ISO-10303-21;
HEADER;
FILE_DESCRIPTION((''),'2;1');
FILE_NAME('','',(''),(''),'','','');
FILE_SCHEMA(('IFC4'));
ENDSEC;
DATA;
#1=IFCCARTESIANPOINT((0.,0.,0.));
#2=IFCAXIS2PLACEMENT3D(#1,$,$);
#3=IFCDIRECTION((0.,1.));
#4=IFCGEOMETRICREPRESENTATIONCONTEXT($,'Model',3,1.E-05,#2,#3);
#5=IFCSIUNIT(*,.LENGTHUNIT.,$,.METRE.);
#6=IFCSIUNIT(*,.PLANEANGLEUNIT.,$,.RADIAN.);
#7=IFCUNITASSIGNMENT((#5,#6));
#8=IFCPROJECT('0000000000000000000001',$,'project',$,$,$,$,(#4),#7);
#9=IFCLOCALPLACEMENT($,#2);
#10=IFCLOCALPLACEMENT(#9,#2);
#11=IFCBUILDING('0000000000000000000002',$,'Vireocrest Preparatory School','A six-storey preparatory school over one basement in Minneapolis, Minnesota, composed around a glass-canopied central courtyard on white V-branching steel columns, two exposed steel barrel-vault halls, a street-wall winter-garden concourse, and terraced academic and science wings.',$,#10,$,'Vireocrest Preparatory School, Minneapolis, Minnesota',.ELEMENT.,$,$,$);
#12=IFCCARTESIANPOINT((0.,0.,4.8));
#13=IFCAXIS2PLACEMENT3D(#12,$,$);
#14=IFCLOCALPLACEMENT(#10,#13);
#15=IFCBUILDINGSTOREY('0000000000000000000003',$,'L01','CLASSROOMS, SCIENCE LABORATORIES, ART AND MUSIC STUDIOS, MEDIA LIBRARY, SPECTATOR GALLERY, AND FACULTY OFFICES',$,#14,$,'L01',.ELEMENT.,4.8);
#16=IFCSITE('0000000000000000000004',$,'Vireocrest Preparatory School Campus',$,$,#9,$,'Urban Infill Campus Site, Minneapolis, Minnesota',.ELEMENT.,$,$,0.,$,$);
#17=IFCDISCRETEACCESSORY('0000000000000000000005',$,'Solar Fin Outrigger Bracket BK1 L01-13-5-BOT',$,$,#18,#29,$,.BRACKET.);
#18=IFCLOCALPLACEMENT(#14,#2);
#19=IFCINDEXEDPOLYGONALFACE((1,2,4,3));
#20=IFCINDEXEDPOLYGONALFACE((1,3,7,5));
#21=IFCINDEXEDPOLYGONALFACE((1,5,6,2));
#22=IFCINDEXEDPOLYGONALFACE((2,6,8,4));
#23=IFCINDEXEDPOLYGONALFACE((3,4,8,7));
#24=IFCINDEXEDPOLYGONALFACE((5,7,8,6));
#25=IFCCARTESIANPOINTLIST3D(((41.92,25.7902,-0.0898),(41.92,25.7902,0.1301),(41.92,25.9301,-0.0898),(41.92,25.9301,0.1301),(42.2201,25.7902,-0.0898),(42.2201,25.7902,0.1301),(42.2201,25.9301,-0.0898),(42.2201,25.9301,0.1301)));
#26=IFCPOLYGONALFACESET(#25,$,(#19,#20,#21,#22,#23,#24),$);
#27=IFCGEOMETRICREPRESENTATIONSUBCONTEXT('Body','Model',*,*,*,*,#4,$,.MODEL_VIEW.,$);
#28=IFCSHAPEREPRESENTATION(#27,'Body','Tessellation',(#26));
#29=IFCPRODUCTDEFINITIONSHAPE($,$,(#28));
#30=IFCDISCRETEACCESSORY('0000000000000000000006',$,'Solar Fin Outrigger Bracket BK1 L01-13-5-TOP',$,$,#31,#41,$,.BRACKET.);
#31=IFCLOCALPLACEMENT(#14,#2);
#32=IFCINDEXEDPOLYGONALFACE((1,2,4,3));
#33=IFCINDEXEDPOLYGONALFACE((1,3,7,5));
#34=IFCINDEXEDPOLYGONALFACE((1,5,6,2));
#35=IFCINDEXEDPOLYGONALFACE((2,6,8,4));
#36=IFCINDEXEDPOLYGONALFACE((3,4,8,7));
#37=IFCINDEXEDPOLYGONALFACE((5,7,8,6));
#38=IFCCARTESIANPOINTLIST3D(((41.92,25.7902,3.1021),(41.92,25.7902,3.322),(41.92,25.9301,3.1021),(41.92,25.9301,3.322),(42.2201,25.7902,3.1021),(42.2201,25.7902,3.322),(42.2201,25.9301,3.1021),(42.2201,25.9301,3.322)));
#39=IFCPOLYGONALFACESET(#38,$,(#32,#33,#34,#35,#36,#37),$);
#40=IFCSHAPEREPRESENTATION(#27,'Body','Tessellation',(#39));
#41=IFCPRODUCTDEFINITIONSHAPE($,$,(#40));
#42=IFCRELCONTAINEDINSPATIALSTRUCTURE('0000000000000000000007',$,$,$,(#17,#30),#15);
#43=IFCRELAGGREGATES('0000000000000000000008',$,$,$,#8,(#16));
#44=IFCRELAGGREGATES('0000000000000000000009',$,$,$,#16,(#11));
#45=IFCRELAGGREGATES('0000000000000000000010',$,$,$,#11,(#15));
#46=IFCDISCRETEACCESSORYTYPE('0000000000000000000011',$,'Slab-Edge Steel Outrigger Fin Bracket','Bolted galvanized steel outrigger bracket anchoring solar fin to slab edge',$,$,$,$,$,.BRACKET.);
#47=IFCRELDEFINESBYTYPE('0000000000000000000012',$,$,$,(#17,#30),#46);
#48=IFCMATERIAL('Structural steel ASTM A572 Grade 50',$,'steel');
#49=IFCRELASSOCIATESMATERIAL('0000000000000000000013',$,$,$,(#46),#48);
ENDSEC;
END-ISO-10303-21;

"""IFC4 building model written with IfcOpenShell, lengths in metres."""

from ifc_helpers import new_model, si_unit, direction, frame, origin, origin_2d, place, context, subcontext, project, spatial, rectangle, extrude, material, type_object, element, save


model = new_model("IFC4")

# Units and contexts
model_context = context("Model", 3, precision=1e-05, world=origin(), true_north=direction((0.0, 1.0)))
body_context = subcontext(model_context, "Body", "Model", "MODEL_VIEW")
ifc_project = project(units=[si_unit("LENGTHUNIT", "METRE"), si_unit("PLANEANGLEUNIT", "RADIAN")], contexts=[model_context])

# Site, building, storey
site_placement = place(None, origin())
site = spatial("IfcSite", under=ifc_project, at=site_placement, Name="Vireocrest Preparatory School Campus", LongName="Urban Infill Campus Site, Minneapolis, Minnesota", CompositionType="ELEMENT", RefElevation=0.0)
building_placement = place(site_placement, origin())
building = spatial("IfcBuilding", under=site, at=building_placement, Name="Vireocrest Preparatory School", Description="A six-storey preparatory school over one basement in Minneapolis, Minnesota, composed around a glass-canopied central courtyard on white V-branching steel columns, two exposed steel barrel-vault halls, a street-wall winter-garden concourse, and terraced academic and science wings.", LongName="Vireocrest Preparatory School, Minneapolis, Minnesota", CompositionType="ELEMENT")
storey_placement = place(building_placement, frame((0.0, 0.0, 4.8)))
storey = spatial("IfcBuildingStorey", under=building, at=storey_placement, Name="L01", Description="CLASSROOMS, SCIENCE LABORATORIES, ART AND MUSIC STUDIOS, MEDIA LIBRARY, SPECTATOR GALLERY, AND FACULTY OFFICES", LongName="L01", CompositionType="ELEMENT", Elevation=4.8)

# Discrete accessories
ifc_material_1 = material(Name="Structural steel ASTM A572 Grade 50", Category="steel")
discrete_accessory_type = type_object("IfcDiscreteAccessoryType", Name="Slab-Edge Steel Outrigger Fin Bracket", Description="Bolted galvanized steel outrigger bracket anchoring solar fin to slab edge", PredefinedType="BRACKET", material=ifc_material_1)
for number, where, z_axis, x_axis, name in (
    (1, (42.0701, 25.8601, -0.0898), (0.0, 0.0, 1.0), (0.0, -1.0, 0.0), "Solar Fin Outrigger Bracket BK1 L01-13-5-BOT"),
    (2, (42.0701, 25.8601, 3.1021), (0.0, 0.0, 1.0), (0.0, -1.0, 0.0), "Solar Fin Outrigger Bracket BK1 L01-13-5-TOP"),
):
    element("IfcDiscreteAccessory", number, at=place(storey_placement, frame(where, z_axis=z_axis, x_axis=x_axis)), inside=storey, type_object=discrete_accessory_type, Name=name, PredefinedType="BRACKET", context=body_context, shape_type="SweptSolid", body=[
        extrude(rectangle(XDim=0.1399, YDim=0.3, at=origin_2d()), origin(), (0.0, 0.0, 1.0), 0.22),
    ])

save(model, "model.ifc")
